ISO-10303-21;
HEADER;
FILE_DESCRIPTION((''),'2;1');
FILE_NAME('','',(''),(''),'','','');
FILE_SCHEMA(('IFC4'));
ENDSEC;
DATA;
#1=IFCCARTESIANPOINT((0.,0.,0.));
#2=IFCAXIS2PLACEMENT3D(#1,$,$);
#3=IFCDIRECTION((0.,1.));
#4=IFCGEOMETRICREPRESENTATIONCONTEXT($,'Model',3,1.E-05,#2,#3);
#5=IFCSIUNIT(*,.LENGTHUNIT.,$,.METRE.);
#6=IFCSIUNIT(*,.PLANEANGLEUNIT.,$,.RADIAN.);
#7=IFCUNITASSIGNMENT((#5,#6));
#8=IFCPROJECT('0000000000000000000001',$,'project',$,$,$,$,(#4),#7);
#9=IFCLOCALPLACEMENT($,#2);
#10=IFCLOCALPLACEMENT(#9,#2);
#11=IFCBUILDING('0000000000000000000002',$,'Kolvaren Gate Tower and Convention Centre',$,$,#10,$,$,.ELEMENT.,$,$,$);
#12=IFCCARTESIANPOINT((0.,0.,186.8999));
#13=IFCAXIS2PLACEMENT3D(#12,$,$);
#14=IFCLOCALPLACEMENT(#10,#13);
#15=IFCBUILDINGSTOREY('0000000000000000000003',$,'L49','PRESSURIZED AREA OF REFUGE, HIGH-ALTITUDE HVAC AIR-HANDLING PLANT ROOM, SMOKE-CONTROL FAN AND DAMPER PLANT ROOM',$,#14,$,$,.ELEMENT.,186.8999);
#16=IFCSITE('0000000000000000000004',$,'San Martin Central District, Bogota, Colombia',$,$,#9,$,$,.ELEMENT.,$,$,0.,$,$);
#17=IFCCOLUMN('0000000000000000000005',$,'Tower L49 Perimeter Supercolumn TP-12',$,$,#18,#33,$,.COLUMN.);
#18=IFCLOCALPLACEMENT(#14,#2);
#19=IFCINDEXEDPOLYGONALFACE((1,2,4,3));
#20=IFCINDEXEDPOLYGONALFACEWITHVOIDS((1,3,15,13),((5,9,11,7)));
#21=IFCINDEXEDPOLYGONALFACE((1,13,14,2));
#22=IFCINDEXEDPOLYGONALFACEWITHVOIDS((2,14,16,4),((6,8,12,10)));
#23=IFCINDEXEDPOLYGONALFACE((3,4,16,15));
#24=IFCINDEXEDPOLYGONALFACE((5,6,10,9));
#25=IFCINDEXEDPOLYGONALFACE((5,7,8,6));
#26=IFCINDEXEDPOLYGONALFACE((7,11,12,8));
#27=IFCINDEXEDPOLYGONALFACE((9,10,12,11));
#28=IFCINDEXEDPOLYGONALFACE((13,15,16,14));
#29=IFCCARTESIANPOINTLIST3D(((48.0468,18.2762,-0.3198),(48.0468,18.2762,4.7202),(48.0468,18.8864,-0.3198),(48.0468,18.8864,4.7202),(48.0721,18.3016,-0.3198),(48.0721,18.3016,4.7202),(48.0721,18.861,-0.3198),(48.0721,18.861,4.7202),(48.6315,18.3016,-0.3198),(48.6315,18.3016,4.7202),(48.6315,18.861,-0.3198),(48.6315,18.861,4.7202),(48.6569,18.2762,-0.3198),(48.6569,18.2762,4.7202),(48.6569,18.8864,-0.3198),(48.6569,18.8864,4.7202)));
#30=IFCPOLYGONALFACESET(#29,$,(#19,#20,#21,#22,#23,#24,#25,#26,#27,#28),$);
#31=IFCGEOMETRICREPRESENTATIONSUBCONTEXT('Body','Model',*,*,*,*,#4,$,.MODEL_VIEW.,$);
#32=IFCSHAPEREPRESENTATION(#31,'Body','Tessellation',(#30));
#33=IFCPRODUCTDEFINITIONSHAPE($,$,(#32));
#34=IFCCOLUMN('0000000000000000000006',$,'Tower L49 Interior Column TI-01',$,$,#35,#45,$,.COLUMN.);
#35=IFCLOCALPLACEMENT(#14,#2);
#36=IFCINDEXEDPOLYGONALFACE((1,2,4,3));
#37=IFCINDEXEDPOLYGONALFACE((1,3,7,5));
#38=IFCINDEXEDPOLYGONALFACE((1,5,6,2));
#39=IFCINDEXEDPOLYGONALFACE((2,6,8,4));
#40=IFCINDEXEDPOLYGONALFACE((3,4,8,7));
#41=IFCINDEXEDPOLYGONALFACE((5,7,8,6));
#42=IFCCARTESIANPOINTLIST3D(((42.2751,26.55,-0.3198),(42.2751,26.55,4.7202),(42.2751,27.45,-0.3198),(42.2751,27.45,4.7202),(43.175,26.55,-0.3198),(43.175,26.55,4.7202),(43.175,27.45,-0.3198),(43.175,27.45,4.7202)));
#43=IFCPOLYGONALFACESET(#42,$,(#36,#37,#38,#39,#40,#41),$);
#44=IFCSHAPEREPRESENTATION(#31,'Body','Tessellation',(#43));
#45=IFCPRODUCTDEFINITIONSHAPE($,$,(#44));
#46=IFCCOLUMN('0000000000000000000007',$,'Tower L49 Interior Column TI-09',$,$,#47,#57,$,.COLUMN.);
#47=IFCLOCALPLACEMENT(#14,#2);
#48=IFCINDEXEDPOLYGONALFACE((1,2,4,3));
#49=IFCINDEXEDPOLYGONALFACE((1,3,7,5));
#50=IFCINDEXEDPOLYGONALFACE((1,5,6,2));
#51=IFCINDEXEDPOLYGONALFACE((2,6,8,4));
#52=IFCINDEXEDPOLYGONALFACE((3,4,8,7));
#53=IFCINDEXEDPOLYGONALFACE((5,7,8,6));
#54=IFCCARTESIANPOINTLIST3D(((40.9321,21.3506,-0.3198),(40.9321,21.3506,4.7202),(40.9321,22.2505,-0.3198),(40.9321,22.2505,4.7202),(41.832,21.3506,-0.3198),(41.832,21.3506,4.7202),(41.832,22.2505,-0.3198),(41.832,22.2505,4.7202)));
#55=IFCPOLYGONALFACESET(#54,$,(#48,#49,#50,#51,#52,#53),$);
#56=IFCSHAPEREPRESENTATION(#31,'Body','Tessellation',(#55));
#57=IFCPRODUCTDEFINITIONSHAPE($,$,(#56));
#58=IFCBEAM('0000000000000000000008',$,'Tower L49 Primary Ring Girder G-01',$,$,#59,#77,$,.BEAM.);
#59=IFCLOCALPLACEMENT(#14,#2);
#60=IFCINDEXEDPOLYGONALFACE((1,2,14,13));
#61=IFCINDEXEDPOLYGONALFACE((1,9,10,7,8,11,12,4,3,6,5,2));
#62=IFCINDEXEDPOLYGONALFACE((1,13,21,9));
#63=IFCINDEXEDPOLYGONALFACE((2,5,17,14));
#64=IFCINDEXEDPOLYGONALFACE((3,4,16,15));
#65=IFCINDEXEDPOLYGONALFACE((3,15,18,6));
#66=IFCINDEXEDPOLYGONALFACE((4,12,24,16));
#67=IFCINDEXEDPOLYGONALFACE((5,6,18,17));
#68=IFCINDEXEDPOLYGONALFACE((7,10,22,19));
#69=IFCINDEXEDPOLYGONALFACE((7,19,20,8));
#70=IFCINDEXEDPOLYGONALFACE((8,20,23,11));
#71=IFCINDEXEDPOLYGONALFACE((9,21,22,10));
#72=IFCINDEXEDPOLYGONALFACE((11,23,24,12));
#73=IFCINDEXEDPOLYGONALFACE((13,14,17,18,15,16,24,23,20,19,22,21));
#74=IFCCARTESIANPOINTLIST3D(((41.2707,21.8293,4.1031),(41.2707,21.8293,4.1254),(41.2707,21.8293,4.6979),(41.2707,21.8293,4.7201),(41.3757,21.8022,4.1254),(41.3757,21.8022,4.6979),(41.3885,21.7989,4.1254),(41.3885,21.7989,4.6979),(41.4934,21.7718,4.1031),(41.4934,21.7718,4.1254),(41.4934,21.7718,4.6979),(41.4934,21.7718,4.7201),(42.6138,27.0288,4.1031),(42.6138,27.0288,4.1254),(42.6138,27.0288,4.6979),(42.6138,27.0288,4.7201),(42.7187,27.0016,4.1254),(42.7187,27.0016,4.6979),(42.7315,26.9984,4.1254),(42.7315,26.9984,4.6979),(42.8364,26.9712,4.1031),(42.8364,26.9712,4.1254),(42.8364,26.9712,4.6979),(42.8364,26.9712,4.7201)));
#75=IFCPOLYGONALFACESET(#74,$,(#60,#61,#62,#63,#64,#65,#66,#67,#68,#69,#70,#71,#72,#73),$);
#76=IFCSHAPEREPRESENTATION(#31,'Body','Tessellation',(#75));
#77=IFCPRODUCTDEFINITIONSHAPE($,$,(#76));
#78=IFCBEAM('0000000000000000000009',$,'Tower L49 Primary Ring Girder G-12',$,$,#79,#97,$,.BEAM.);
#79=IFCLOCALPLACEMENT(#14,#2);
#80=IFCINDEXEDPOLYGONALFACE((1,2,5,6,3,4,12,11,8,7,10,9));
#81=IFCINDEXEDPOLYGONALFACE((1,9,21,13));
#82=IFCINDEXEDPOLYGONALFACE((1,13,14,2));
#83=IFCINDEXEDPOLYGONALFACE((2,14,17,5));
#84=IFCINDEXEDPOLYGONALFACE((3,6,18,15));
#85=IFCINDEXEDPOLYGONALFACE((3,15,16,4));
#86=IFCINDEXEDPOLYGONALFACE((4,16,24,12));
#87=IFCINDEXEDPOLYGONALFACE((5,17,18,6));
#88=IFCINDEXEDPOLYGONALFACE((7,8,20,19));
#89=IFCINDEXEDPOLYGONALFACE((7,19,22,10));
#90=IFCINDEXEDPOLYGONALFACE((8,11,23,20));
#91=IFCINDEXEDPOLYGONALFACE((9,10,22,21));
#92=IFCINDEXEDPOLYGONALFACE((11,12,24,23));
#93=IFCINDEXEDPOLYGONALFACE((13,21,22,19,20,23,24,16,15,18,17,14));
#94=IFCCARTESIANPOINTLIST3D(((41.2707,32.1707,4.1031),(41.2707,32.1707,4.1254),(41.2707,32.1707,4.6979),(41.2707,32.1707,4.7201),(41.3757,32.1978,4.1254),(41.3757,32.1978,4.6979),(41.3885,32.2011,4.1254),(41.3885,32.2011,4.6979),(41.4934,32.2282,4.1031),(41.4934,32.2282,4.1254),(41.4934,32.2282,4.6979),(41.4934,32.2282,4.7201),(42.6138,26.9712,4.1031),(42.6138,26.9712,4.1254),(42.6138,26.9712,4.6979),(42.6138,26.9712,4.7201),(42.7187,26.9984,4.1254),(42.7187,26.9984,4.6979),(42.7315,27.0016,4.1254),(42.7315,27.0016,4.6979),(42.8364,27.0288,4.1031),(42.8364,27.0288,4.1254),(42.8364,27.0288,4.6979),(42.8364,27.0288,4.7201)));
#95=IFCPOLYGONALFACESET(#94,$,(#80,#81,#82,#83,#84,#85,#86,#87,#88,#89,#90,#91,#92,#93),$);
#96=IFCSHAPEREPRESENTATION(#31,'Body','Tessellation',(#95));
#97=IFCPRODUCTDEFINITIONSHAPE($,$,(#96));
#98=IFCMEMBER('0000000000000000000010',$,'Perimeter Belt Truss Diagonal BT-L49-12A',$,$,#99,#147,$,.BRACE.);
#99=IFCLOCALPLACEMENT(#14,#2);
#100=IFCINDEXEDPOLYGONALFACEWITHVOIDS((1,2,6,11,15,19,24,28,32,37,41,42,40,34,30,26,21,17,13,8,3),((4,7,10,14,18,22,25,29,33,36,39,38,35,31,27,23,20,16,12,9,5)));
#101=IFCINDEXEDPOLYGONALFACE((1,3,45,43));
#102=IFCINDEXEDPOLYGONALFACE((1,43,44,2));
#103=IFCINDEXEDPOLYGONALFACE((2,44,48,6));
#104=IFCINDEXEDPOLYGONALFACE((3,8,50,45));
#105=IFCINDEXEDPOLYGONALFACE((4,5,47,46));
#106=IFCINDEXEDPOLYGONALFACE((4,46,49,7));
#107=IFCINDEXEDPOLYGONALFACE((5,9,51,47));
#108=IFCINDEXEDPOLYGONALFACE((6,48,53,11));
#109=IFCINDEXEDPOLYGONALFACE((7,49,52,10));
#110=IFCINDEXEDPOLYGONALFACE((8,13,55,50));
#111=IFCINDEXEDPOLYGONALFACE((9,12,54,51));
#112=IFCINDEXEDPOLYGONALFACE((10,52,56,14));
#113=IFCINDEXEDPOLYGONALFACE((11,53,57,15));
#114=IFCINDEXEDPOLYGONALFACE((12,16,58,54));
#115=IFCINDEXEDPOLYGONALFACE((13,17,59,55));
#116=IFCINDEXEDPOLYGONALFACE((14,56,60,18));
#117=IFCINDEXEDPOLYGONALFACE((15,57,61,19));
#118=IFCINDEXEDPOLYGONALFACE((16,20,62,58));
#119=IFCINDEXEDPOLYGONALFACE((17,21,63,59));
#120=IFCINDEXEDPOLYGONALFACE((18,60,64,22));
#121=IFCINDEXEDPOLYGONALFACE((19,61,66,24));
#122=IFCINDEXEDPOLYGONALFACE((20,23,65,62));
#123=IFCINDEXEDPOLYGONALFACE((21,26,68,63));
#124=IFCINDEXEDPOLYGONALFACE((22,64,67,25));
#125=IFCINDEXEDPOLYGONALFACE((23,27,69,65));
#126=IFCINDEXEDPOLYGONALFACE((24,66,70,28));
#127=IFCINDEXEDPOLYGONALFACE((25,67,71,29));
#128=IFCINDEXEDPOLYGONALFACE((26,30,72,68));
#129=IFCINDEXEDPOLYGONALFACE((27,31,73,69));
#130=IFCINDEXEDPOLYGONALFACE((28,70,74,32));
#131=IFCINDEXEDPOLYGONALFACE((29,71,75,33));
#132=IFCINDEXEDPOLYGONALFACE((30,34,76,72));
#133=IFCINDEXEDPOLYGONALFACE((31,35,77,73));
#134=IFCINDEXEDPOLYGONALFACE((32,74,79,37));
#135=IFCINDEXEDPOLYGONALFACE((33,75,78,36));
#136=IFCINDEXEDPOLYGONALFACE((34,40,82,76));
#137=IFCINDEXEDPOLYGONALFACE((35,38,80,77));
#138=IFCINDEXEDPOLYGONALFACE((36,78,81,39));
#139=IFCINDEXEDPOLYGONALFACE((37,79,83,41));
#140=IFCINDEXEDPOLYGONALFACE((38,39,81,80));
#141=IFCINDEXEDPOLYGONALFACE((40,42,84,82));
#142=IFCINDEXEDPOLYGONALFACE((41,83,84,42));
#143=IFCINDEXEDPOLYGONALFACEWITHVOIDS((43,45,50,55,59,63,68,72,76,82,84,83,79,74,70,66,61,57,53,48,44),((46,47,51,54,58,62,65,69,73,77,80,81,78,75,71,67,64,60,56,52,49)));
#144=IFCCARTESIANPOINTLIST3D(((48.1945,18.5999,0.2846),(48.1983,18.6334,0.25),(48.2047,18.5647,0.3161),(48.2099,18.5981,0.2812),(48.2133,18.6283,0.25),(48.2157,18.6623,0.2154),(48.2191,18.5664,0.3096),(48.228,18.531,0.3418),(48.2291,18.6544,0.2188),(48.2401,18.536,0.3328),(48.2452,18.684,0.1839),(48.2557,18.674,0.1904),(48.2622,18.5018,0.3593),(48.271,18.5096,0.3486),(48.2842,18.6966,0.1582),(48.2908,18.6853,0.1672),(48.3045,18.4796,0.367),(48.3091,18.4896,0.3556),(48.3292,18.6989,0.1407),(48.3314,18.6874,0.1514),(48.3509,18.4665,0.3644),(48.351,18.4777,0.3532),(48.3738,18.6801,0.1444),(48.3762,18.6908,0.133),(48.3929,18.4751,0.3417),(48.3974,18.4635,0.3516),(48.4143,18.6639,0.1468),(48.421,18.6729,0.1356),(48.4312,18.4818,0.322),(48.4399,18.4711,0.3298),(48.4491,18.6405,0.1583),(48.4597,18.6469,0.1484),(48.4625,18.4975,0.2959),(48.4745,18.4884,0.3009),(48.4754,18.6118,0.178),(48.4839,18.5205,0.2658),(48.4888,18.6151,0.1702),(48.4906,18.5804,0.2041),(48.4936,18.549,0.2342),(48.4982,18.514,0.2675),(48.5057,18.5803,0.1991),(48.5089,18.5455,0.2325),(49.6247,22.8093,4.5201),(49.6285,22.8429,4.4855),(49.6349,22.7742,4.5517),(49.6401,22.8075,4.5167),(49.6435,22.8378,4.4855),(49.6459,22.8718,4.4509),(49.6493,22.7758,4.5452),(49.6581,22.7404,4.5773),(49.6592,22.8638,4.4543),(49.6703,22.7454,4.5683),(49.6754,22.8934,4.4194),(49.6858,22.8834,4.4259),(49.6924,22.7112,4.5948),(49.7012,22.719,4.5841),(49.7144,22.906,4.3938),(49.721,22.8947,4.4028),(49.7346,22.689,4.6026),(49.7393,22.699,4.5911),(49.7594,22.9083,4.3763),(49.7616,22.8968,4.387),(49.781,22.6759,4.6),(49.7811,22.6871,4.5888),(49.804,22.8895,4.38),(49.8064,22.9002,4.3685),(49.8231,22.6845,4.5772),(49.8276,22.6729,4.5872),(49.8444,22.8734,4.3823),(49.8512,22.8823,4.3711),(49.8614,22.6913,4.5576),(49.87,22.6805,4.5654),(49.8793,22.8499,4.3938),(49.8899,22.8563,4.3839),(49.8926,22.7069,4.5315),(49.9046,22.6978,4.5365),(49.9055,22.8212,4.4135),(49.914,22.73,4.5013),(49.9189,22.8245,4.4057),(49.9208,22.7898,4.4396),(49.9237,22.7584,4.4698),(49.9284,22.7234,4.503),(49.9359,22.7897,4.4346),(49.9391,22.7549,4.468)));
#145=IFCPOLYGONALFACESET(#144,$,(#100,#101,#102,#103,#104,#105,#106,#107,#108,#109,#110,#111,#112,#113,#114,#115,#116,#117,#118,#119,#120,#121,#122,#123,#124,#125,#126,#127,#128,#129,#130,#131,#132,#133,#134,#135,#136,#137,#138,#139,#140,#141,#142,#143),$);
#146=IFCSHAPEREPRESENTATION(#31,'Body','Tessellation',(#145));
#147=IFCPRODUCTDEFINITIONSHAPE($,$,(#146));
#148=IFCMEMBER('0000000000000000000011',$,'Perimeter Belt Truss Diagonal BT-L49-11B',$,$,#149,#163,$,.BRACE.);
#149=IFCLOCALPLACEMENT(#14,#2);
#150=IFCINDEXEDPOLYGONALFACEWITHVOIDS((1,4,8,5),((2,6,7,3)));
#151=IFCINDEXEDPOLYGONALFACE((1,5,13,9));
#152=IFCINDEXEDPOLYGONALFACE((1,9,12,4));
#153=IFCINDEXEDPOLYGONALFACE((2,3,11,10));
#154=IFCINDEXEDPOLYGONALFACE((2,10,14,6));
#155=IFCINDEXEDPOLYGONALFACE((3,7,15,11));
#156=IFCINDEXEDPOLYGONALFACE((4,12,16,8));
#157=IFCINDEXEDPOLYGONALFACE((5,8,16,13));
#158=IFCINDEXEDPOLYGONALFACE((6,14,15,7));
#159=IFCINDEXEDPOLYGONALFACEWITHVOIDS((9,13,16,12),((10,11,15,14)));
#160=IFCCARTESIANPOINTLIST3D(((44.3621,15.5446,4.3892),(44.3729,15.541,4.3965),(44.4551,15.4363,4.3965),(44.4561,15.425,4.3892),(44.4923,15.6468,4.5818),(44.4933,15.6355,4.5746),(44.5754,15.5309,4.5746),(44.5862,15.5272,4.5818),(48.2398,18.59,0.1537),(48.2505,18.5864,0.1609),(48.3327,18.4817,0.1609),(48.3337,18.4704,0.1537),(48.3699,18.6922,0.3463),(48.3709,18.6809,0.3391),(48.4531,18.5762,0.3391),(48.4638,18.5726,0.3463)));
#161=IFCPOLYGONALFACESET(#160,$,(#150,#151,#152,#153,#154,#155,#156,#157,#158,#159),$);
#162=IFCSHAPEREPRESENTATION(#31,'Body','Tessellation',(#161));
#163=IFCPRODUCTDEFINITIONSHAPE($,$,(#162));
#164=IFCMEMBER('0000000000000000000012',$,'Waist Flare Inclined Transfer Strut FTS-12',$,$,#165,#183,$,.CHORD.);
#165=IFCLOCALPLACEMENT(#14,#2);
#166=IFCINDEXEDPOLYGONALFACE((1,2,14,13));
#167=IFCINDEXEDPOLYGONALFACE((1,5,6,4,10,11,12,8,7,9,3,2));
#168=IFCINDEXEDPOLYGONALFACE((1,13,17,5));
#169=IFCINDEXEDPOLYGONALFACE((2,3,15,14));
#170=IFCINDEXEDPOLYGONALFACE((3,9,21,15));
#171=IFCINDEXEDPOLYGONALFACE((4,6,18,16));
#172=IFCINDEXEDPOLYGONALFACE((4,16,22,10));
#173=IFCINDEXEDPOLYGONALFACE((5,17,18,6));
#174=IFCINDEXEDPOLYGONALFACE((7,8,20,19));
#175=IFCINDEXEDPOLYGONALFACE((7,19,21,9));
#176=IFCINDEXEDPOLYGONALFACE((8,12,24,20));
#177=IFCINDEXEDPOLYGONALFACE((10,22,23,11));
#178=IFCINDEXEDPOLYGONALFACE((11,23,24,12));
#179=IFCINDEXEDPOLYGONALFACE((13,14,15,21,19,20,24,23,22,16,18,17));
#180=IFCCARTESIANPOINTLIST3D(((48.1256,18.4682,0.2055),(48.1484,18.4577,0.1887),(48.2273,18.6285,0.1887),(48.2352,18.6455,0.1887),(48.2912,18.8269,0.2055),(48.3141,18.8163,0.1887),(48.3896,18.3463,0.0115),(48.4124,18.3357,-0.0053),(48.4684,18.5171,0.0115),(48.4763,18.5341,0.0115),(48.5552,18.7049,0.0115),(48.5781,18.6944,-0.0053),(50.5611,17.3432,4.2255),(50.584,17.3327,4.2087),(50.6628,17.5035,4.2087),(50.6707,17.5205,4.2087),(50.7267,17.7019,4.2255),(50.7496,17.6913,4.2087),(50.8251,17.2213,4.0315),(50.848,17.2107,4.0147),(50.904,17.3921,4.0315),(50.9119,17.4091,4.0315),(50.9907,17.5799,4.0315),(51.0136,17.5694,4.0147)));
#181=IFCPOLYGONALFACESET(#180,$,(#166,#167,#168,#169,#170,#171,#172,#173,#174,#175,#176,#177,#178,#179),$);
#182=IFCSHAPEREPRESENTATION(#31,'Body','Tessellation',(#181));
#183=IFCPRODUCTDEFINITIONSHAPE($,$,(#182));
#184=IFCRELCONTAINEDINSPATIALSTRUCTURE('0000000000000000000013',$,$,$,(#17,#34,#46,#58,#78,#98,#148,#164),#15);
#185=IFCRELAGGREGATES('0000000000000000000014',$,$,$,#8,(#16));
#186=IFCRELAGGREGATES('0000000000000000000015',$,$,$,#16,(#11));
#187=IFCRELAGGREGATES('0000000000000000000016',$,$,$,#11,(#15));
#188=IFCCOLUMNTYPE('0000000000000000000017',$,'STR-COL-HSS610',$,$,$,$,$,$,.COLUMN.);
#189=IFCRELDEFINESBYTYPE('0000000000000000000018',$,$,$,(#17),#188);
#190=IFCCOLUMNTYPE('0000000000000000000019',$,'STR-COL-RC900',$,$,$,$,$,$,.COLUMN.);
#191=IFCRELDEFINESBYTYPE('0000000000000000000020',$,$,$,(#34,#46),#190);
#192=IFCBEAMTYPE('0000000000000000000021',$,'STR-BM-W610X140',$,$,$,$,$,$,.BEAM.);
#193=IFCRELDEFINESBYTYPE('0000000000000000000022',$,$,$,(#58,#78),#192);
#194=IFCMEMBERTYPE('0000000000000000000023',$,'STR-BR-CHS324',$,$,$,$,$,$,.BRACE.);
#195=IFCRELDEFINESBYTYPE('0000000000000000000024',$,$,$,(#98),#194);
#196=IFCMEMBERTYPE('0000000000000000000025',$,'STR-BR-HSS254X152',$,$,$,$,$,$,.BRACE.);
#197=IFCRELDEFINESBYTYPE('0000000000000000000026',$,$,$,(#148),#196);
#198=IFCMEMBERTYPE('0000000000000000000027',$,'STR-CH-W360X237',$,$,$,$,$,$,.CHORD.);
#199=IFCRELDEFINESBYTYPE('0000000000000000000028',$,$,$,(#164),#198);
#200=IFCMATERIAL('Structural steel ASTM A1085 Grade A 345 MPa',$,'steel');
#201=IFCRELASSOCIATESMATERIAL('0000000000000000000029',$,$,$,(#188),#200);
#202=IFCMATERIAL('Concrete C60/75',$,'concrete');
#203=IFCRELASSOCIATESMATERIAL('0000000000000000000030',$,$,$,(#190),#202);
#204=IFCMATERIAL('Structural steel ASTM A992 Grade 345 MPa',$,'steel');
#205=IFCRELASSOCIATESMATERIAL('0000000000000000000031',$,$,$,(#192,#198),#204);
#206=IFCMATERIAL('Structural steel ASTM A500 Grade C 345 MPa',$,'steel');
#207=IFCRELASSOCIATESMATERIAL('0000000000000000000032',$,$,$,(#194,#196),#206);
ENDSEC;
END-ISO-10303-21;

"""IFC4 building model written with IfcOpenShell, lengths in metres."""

from ifc_helpers import new_model, si_unit, direction, frame, origin, origin_2d, place, context, subcontext, project, spatial, rectangle, hollow_rectangle, hollow_circle, i_section, extrude, material, material_profile, profile_set, type_object, element, save


model = new_model("IFC4")

# Units and contexts
model_context = context("Model", 3, precision=1e-05, world=origin(), true_north=direction((0.0, 1.0)))
body_context = subcontext(model_context, "Body", "Model", "MODEL_VIEW")
ifc_project = project(units=[si_unit("LENGTHUNIT", "METRE"), si_unit("PLANEANGLEUNIT", "RADIAN")], contexts=[model_context])

# Site, building, storey
site_placement = place(None, origin())
site = spatial("IfcSite", under=ifc_project, at=site_placement, Name="San Martin Central District, Bogota, Colombia", CompositionType="ELEMENT", RefElevation=0.0)
building_placement = place(site_placement, origin())
building = spatial("IfcBuilding", under=site, at=building_placement, Name="Kolvaren Gate Tower and Convention Centre", CompositionType="ELEMENT")
storey_placement = place(building_placement, frame((0.0, 0.0, 186.8999)))
storey = spatial("IfcBuildingStorey", under=building, at=storey_placement, Name="L49", Description="PRESSURIZED AREA OF REFUGE, HIGH-ALTITUDE HVAC AIR-HANDLING PLANT ROOM, SMOKE-CONTROL FAN AND DAMPER PLANT ROOM", CompositionType="ELEMENT", Elevation=186.8999)

# Columns
ifc_material_1 = material(Name="Structural steel ASTM A1085 Grade A 345 MPa", Category="steel")
ifc_material_profile_1 = material_profile(ifc_material_1, hollow_rectangle(XDim=0.6101, YDim=0.6101, WallThickness=0.0254, at=origin_2d()), Name="HSS610X610X25.4")
ifc_profile_set_1 = profile_set([ifc_material_profile_1], Name="Structural steel ASTM A1085 Grade A 345 MPa")
column_type_1 = type_object("IfcColumnType", Name="STR-COL-HSS610", PredefinedType="COLUMN", material=ifc_profile_set_1)
column_placement = place(storey_placement, frame((48.3518, 18.5813, -0.3198), z_axis=(0.0, 0.0, 1.0), x_axis=(1.0, 0.0, 0.0)))
element("IfcColumn", 1, at=column_placement, inside=storey, type_object=column_type_1, Name="Tower L49 Perimeter Supercolumn TP-12", PredefinedType="COLUMN", context=body_context, shape_type="SweptSolid", body=[
    extrude(hollow_rectangle(XDim=0.6101, YDim=0.6101, WallThickness=0.0254, at=origin_2d()), origin(), (0.0, 0.0, 1.0), 5.04),
])
ifc_material_2 = material(Name="Concrete C60/75", Category="concrete")
ifc_material_profile_2 = material_profile(ifc_material_2, rectangle(XDim=0.8999, YDim=0.8999, at=origin_2d()), Name="RC-COL-900X900")
ifc_profile_set_2 = profile_set([ifc_material_profile_2], Name="Concrete C60/75")
column_type_2 = type_object("IfcColumnType", Name="STR-COL-RC900", PredefinedType="COLUMN", material=ifc_profile_set_2)
for number, where, z_axis, x_axis, name in (
    (2, (42.7251, 27.0, -0.3198), (0.0, 0.0, 1.0), (1.0, 0.0, 0.0), "Tower L49 Interior Column TI-01"),
    (3, (41.3821, 21.8005, -0.3198), (0.0, 0.0, 1.0), (1.0, 0.0, 0.0), "Tower L49 Interior Column TI-09"),
):
    element("IfcColumn", number, at=place(storey_placement, frame(where, z_axis=z_axis, x_axis=x_axis)), inside=storey, type_object=column_type_2, Name=name, PredefinedType="COLUMN", context=body_context, shape_type="SweptSolid", body=[
        extrude(rectangle(XDim=0.8999, YDim=0.8999, at=origin_2d()), origin(), (0.0, 0.0, 1.0), 5.04),
    ])

# Beams
ifc_material_3 = material(Name="Structural steel ASTM A992 Grade 345 MPa", Category="steel")
ifc_material_profile_3 = material_profile(ifc_material_3, i_section(OverallWidth=0.23, OverallDepth=0.6169, WebThickness=0.0132, FlangeThickness=0.0222, at=origin_2d()), Name="W610X140")
ifc_profile_set_3 = profile_set([ifc_material_profile_3], Name="Structural steel ASTM A992 Grade 345 MPa")
beam_type_1 = type_object("IfcBeamType", Name="STR-BM-W610X140", PredefinedType="BEAM", material=ifc_profile_set_3)
for number, where, z_axis, x_axis, name in (
    (4, (42.7251, 27.0, 4.4116), (-0.250091, -0.968222, 0.0), (0.968222, -0.250091, 0.0), "Tower L49 Primary Ring Girder G-01"),
    (5, (42.7251, 27.0, 4.4116), (-0.250091, 0.968222, 0.0), (-0.968222, -0.250091, 0.0), "Tower L49 Primary Ring Girder G-12"),
):
    element("IfcBeam", number, at=place(storey_placement, frame(where, z_axis=z_axis, x_axis=x_axis)), inside=storey, type_object=beam_type_1, Name=name, PredefinedType="BEAM", context=body_context, shape_type="SweptSolid", body=[
        extrude(i_section(OverallWidth=0.23, OverallDepth=0.6169, WebThickness=0.0132, FlangeThickness=0.0222, at=origin_2d()), origin(), (0.0, 0.0, 1.0), 5.3701),
    ])

# Members
ifc_material_4 = material(Name="Structural steel ASTM A500 Grade C 345 MPa", Category="steel")
ifc_material_profile_4 = material_profile(ifc_material_4, hollow_circle(Radius=0.1621, WallThickness=0.0159, at=origin_2d()), Name="CHS324X15.9")
ifc_profile_set_4 = profile_set([ifc_material_profile_4], Name="Structural steel ASTM A500 Grade C 345 MPa")
member_type_1 = type_object("IfcMemberType", Name="STR-BR-CHS324", PredefinedType="BRACE", material=ifc_profile_set_4)
member_1_placement = place(storey_placement, frame((48.3518, 18.5813, 0.25), z_axis=(0.23291, 0.68553, 0.689784), x_axis=(-0.946844, 0.321692, 0.0)))
element("IfcMember", 6, at=member_1_placement, inside=storey, type_object=member_type_1, Name="Perimeter Belt Truss Diagonal BT-L49-12A", PredefinedType="BRACE", context=body_context, shape_type="SweptSolid", body=[
    extrude(hollow_circle(Radius=0.1621, WallThickness=0.0159, at=origin_2d()), origin(), (0.0, 0.0, 1.0), 6.1404),
])
ifc_material_profile_5 = material_profile(ifc_material_4, hollow_rectangle(XDim=0.1521, YDim=0.2539, WallThickness=0.0095, at=origin_2d()), Name="HSS254X152X9.5")
ifc_profile_set_5 = profile_set([ifc_material_profile_5], Name="Structural steel ASTM A500 Grade C 345 MPa")
member_type_2 = type_object("IfcMemberType", Name="STR-BR-HSS254X152", PredefinedType="BRACE", material=ifc_profile_set_5)
member_2_placement = place(storey_placement, frame((48.3518, 18.5813, 0.25), z_axis=(-0.596558, -0.468518, 0.651621), x_axis=(0.617653, -0.786451, 0.0)))
element("IfcMember", 7, at=member_2_placement, inside=storey, type_object=member_type_2, Name="Perimeter Belt Truss Diagonal BT-L49-11B", PredefinedType="BRACE", context=body_context, shape_type="SweptSolid", body=[
    extrude(hollow_rectangle(XDim=0.1521, YDim=0.2539, WallThickness=0.0095, at=origin_2d()), origin(), (0.0, 0.0, 1.0), 6.5),
])
ifc_material_profile_6 = material_profile(ifc_material_3, i_section(OverallWidth=0.395, OverallDepth=0.3799, WebThickness=0.0188, FlangeThickness=0.0303, at=origin_2d()), Name="W360X237")
ifc_profile_set_6 = profile_set([ifc_material_profile_6], Name="Structural steel ASTM A992 Grade 345 MPa")
member_type_3 = type_object("IfcMemberType", Name="STR-CH-W360X237", PredefinedType="CHORD", material=ifc_profile_set_6)
member_3_placement = place(storey_placement, frame((48.3518, 18.5813, 0.1001), z_axis=(0.503939, -0.232774, 0.831782), x_axis=(0.419335, 0.907831, 0.0)))
element("IfcMember", 8, at=member_3_placement, inside=storey, type_object=member_type_3, Name="Waist Flare Inclined Transfer Strut FTS-12", PredefinedType="CHORD", context=body_context, shape_type="SweptSolid", body=[
    extrude(i_section(OverallWidth=0.395, OverallDepth=0.3799, WebThickness=0.0188, FlangeThickness=0.0303, at=origin_2d()), origin(), (0.0, 0.0, 1.0), 4.833),
])

save(model, "model.ifc")
